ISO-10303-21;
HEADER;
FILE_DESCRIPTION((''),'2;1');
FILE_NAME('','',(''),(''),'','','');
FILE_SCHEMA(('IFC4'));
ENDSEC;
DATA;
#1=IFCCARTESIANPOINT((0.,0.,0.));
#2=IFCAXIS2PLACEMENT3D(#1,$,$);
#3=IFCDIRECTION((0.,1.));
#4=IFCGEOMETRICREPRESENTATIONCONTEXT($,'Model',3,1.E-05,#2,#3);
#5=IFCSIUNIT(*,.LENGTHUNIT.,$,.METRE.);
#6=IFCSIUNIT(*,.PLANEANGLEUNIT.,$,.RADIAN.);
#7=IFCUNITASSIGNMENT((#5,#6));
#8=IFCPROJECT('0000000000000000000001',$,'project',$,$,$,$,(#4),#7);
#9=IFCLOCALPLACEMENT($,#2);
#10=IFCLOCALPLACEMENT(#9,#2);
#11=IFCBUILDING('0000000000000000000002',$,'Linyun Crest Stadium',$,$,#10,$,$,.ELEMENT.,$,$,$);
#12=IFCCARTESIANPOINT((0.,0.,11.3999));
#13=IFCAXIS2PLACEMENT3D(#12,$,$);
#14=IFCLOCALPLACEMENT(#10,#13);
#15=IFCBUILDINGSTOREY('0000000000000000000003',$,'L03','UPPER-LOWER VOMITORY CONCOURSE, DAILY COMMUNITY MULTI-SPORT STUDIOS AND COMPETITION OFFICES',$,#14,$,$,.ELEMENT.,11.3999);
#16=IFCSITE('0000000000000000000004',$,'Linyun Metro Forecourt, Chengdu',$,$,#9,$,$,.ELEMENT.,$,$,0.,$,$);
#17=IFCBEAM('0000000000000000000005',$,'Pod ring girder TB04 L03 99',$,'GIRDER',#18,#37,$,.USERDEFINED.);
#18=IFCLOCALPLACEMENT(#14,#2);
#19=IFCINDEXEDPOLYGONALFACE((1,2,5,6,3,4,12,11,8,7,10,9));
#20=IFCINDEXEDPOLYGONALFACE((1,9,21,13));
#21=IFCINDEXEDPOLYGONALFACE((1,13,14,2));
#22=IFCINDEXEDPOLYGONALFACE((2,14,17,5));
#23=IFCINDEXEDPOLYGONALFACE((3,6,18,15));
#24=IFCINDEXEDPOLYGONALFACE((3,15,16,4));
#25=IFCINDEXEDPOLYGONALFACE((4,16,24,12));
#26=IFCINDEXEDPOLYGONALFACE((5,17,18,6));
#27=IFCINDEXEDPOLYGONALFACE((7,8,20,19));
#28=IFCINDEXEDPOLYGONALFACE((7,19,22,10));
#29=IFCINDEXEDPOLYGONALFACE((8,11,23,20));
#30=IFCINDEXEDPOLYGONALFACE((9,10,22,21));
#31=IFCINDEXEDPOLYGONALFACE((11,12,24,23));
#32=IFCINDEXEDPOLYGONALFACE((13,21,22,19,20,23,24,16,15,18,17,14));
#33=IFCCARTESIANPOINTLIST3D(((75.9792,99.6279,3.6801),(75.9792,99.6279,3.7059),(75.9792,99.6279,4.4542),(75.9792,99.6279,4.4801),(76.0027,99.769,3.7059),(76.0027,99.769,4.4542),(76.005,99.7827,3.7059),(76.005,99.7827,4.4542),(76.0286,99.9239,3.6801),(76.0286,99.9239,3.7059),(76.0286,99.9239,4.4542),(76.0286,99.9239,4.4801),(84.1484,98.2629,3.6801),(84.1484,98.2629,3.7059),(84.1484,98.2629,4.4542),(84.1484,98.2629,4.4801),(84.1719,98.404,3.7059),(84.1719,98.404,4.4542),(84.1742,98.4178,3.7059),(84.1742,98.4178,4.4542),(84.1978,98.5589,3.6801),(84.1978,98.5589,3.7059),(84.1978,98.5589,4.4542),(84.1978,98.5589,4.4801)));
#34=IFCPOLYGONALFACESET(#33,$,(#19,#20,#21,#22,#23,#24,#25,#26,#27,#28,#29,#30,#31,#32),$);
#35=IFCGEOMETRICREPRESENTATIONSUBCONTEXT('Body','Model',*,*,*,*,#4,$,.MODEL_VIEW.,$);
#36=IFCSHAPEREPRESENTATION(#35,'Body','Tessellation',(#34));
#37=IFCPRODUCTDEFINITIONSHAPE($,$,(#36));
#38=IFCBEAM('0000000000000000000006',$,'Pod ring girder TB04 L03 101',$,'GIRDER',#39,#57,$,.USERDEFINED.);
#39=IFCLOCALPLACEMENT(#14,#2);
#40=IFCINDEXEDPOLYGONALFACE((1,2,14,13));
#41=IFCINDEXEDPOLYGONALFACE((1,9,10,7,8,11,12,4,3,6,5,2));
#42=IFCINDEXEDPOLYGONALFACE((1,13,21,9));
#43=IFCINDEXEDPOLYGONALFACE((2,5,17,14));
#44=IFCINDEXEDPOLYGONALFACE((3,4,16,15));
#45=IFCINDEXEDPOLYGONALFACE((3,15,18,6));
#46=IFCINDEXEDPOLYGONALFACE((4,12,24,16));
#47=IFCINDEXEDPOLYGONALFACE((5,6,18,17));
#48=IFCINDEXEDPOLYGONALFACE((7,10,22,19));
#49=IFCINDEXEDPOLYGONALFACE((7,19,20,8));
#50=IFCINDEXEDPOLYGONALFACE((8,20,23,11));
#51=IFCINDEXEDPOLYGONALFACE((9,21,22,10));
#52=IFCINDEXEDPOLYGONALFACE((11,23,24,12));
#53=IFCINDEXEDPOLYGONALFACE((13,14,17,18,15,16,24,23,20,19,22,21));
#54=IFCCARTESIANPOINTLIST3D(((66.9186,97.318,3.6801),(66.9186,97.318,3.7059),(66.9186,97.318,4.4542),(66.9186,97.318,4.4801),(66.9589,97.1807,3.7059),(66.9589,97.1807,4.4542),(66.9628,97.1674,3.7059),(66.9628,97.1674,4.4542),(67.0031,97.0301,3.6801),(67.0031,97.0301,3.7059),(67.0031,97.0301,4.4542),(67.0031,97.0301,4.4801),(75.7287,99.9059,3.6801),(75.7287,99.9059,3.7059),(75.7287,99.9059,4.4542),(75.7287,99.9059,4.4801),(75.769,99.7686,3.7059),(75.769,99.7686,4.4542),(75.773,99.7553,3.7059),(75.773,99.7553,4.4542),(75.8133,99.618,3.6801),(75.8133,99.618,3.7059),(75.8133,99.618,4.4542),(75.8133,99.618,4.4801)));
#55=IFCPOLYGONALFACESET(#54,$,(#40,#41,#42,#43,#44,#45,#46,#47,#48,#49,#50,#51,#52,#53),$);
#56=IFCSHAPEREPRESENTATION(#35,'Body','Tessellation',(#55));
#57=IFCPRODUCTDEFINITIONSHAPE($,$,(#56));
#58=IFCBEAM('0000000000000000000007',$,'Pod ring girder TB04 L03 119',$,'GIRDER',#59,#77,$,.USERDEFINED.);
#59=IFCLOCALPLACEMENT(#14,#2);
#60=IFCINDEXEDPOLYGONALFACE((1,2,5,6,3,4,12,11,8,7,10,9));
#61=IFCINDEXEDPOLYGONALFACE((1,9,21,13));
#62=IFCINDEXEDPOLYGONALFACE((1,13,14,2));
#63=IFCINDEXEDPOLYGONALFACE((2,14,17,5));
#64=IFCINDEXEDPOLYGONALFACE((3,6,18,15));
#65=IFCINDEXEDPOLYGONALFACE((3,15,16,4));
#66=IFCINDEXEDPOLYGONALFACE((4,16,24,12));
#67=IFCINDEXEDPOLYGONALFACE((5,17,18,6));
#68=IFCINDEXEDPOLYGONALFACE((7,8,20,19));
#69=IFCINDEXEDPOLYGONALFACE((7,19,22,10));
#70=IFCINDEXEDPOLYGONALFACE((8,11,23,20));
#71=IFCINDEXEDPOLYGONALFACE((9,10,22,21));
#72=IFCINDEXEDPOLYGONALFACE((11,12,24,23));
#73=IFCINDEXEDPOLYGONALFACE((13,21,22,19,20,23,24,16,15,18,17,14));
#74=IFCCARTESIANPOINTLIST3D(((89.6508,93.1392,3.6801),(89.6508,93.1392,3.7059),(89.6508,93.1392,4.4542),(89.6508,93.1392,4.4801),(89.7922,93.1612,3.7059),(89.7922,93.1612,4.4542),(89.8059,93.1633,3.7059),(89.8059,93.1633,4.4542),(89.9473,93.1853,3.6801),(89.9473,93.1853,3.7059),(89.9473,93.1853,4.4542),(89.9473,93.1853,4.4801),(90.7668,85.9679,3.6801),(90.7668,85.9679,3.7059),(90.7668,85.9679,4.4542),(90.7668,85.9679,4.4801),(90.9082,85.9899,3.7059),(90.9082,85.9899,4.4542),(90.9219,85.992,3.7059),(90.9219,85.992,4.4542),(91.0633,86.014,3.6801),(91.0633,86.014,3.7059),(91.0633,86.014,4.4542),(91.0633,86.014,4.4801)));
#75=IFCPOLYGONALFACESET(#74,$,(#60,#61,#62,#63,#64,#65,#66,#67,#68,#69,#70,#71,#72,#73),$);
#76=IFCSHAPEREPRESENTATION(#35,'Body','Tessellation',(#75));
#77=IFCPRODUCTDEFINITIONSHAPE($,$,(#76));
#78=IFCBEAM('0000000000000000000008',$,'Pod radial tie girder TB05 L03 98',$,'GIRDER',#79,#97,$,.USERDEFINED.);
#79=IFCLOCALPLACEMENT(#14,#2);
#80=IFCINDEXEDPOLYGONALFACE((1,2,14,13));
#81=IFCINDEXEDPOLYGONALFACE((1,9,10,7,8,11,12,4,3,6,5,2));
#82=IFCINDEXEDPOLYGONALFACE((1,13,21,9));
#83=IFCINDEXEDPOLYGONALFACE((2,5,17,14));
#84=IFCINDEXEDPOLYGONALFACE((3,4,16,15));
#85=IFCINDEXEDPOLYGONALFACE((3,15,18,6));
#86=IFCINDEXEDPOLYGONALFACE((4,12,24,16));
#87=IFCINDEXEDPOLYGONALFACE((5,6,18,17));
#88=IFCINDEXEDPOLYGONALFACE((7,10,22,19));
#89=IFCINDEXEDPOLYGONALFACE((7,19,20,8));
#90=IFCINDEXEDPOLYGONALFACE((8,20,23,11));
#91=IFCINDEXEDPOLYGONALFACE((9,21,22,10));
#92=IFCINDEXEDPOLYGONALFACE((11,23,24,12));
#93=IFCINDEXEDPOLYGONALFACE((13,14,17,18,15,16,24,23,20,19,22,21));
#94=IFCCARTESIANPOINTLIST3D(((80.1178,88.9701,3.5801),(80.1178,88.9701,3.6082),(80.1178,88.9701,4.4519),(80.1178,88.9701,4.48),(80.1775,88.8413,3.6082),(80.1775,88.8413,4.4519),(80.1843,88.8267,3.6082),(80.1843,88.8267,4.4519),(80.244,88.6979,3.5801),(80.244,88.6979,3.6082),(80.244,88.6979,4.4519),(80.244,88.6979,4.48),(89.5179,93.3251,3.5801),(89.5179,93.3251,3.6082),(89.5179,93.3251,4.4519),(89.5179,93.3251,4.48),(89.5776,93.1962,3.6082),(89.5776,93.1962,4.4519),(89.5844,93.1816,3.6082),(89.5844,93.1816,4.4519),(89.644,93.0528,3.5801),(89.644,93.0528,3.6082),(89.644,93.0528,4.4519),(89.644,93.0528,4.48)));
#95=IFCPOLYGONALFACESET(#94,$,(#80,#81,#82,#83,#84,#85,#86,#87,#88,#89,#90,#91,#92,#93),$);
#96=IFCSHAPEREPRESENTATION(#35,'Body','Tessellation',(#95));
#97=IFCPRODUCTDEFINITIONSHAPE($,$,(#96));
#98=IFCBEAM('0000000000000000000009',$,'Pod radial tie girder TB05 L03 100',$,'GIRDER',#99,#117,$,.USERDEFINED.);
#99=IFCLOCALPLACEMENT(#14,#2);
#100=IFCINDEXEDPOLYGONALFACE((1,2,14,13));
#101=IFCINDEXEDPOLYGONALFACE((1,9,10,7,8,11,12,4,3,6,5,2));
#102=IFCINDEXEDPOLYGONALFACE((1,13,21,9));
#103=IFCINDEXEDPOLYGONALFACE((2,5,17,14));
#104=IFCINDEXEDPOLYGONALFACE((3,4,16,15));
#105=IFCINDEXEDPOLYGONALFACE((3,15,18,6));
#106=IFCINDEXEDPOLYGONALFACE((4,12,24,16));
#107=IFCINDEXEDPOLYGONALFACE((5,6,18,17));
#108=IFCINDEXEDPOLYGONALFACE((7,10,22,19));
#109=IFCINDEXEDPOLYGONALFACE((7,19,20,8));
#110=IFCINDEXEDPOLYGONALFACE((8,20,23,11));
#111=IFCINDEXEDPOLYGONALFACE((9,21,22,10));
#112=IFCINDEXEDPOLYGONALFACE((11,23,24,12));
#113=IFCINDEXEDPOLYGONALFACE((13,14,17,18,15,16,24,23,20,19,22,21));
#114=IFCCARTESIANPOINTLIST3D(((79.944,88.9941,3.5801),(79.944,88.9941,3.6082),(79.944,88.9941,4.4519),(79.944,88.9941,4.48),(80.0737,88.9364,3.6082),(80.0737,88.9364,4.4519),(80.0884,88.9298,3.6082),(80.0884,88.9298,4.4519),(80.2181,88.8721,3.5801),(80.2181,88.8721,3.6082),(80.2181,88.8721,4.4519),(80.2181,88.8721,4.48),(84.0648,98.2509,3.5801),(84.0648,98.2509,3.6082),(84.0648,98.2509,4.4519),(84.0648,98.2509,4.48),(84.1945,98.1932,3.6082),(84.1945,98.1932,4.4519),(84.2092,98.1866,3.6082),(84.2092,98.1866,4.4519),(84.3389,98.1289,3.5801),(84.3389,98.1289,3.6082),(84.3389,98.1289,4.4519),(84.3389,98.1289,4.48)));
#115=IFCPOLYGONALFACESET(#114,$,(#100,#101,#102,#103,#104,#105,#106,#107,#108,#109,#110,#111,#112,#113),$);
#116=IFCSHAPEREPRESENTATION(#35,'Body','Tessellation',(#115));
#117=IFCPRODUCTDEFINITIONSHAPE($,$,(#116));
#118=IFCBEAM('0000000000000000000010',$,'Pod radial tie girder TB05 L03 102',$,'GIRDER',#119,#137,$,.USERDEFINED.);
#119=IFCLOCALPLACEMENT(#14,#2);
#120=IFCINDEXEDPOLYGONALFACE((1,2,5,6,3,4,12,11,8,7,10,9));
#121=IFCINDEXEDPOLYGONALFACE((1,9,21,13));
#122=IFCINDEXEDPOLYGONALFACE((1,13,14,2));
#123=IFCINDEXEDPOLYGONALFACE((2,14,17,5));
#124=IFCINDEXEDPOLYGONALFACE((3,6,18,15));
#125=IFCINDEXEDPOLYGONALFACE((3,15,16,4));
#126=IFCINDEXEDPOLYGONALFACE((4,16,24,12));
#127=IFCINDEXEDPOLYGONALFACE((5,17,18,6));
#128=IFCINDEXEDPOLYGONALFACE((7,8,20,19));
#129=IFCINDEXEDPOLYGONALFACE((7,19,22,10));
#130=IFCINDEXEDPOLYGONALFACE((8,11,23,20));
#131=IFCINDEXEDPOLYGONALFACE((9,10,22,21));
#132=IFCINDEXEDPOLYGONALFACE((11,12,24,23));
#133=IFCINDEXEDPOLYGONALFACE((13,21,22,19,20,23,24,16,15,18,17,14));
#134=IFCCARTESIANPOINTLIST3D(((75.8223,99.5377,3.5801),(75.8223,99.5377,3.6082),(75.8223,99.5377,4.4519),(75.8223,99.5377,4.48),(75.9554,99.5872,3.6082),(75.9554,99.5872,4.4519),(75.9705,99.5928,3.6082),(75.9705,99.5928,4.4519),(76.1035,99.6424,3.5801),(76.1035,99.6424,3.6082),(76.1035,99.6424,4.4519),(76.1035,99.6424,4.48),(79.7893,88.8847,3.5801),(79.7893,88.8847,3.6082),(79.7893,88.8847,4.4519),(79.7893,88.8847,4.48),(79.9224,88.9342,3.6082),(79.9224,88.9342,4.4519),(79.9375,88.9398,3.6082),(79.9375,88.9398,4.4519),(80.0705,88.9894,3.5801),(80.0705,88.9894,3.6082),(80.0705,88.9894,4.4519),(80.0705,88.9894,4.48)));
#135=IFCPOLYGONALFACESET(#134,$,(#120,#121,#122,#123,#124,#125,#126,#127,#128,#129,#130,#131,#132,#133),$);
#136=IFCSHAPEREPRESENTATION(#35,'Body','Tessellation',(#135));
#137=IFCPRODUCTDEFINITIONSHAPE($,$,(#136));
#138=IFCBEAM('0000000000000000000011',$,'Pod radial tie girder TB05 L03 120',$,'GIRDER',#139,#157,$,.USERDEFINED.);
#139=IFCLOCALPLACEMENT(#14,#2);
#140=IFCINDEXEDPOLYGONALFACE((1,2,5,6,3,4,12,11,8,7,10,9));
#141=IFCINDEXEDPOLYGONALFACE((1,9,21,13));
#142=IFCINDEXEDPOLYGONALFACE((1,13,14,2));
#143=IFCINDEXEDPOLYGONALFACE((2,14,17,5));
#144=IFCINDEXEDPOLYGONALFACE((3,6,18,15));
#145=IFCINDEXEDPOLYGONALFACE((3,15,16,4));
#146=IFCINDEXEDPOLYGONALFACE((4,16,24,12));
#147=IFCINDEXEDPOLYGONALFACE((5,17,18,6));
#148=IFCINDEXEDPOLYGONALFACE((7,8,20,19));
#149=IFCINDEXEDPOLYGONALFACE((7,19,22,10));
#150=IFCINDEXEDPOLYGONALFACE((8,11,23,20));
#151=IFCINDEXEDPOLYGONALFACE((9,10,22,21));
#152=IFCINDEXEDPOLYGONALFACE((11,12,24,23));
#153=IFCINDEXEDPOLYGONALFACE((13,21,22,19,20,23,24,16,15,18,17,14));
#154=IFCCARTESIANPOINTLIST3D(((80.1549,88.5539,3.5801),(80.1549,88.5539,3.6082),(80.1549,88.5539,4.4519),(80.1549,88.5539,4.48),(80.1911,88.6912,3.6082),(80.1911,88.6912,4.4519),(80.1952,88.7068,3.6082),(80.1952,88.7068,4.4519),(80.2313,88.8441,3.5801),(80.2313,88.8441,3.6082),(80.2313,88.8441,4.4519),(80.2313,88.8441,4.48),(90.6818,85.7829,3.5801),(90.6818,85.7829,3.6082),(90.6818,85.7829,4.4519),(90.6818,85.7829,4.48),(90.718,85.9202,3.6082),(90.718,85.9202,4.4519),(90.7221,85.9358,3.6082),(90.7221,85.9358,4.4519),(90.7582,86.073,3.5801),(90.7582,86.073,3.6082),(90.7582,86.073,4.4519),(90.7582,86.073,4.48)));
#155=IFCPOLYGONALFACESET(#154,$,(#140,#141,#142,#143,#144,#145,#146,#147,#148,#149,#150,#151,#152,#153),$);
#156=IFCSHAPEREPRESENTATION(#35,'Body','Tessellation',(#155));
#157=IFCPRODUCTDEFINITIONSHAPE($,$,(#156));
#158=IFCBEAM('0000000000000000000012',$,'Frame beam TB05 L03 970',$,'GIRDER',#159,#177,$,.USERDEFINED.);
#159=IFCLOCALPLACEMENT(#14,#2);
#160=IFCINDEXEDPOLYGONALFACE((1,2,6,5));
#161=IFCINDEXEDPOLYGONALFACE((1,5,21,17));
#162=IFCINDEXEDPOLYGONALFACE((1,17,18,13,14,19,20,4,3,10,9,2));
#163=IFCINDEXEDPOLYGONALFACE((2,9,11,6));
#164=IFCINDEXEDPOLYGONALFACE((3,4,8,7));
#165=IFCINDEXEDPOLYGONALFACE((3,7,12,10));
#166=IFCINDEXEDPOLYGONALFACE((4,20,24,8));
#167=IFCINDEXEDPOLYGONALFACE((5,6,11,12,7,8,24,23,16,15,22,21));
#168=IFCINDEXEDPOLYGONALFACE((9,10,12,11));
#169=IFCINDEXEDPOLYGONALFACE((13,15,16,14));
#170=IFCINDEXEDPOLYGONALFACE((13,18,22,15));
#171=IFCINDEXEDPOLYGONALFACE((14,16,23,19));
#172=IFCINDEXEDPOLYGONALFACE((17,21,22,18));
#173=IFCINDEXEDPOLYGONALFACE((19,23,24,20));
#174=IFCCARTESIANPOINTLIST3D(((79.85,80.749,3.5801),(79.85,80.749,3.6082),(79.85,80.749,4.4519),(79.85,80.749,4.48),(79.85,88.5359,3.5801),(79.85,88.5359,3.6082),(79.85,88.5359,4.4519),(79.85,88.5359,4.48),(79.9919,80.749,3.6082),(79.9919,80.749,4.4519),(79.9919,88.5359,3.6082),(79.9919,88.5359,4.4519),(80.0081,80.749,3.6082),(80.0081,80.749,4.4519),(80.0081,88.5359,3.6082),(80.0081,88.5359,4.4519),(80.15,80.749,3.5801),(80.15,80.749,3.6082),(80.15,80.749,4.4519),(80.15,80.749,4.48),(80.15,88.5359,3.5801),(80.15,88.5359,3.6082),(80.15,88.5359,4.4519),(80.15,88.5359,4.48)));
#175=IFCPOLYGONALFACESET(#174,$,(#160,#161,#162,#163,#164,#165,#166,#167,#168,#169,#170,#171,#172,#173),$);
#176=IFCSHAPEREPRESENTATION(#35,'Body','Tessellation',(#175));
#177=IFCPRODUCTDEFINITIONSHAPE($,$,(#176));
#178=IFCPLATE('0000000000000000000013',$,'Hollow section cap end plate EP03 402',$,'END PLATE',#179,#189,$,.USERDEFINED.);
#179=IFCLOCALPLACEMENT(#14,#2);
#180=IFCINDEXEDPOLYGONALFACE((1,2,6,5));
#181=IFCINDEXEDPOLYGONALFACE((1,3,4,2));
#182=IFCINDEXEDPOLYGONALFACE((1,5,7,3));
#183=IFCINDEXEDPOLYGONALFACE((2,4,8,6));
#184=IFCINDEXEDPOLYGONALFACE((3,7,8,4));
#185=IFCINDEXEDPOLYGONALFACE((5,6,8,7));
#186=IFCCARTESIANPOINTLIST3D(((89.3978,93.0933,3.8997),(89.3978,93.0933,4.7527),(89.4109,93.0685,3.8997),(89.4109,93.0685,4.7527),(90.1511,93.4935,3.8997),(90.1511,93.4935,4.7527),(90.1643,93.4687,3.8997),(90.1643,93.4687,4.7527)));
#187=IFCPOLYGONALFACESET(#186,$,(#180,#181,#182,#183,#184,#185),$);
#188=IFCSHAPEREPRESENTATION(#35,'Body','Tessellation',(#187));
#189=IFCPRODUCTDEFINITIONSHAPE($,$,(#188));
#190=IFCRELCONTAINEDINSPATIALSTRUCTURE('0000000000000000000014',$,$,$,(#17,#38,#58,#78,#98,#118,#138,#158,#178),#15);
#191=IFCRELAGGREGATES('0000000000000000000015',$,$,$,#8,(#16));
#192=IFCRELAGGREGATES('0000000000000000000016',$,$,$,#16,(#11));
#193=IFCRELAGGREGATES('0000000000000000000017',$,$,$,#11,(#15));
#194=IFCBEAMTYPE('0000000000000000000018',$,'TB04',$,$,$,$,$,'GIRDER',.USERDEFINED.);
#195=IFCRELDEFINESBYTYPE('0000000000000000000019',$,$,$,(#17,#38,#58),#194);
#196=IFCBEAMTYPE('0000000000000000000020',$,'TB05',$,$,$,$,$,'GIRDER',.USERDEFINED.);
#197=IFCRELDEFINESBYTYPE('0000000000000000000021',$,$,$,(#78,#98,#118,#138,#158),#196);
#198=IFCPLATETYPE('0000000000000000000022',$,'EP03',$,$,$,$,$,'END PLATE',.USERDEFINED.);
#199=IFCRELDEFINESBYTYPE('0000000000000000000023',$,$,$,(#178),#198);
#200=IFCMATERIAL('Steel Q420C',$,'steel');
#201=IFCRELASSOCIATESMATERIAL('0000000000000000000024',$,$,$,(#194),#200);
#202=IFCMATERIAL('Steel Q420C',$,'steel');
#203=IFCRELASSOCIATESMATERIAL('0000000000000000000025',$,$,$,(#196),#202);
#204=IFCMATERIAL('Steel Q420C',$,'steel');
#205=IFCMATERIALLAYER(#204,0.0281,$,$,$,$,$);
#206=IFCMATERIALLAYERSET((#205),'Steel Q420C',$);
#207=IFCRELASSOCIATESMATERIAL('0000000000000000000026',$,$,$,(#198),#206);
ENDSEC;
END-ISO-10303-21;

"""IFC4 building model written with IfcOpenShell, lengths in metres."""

from ifc_helpers import new_model, si_unit, direction, frame, origin, origin_2d, place, context, subcontext, project, spatial, rectangle, i_section, extrude, material, layer, layer_set, material_profile, profile_set, type_object, element, save


model = new_model("IFC4")

# Units and contexts
model_context = context("Model", 3, precision=1e-05, world=origin(), true_north=direction((0.0, 1.0)))
body_context = subcontext(model_context, "Body", "Model", "MODEL_VIEW")
ifc_project = project(units=[si_unit("LENGTHUNIT", "METRE"), si_unit("PLANEANGLEUNIT", "RADIAN")], contexts=[model_context])

# Site, building, storey
site_placement = place(None, origin())
site = spatial("IfcSite", under=ifc_project, at=site_placement, Name="Linyun Metro Forecourt, Chengdu", CompositionType="ELEMENT", RefElevation=0.0)
building_placement = place(site_placement, origin())
building = spatial("IfcBuilding", under=site, at=building_placement, Name="Linyun Crest Stadium", CompositionType="ELEMENT")
storey_placement = place(building_placement, frame((0.0, 0.0, 11.3999)))
storey = spatial("IfcBuildingStorey", under=building, at=storey_placement, Name="L03", Description="UPPER-LOWER VOMITORY CONCOURSE, DAILY COMMUNITY MULTI-SPORT STUDIOS AND COMPETITION OFFICES", CompositionType="ELEMENT", Elevation=11.3999)

# Beams
ifc_material_1 = material(Name="Steel Q420C", Category="steel")
ifc_material_profile_1 = material_profile(ifc_material_1, i_section(OverallWidth=0.3, OverallDepth=0.8, WebThickness=0.0139, FlangeThickness=0.0259, at=origin_2d()), Name="HN 800x300")
ifc_profile_set_1 = profile_set([ifc_material_profile_1], Name="Steel Q420C")
beam_type_1 = type_object("IfcBeamType", Name="TB04", ElementType="GIRDER", PredefinedType="USERDEFINED", material=ifc_profile_set_1)
beam_1_placement = place(storey_placement, frame((84.1731, 98.4109, 4.0801), z_axis=(-0.986326, 0.164805, 0.0), x_axis=(-0.164805, -0.986326, 0.0)))
element("IfcBeam", 1, at=beam_1_placement, inside=storey, type_object=beam_type_1, Name="Pod ring girder TB04 L03 99", ObjectType="GIRDER", PredefinedType="USERDEFINED", context=body_context, shape_type="SweptSolid", body=[
    extrude(i_section(OverallWidth=0.3, OverallDepth=0.8, WebThickness=0.0139, FlangeThickness=0.0259, at=origin_2d()), origin(), (0.0, 0.0, 1.0), 8.2825),
])
beam_2_placement = place(storey_placement, frame((75.771, 99.762, 4.0801), z_axis=(-0.959463, -0.281835, 0.0), x_axis=(0.281835, -0.959463, 0.0)))
element("IfcBeam", 2, at=beam_2_placement, inside=storey, type_object=beam_type_1, Name="Pod ring girder TB04 L03 101", ObjectType="GIRDER", PredefinedType="USERDEFINED", context=body_context, shape_type="SweptSolid", body=[
    extrude(i_section(OverallWidth=0.3, OverallDepth=0.8, WebThickness=0.0139, FlangeThickness=0.0259, at=origin_2d()), origin(), (0.0, 0.0, 1.0), 9.1824),
])
beam_3_placement = place(storey_placement, frame((90.915, 85.991, 4.0801), z_axis=(-0.153768, 0.988107, 0.0), x_axis=(-0.988107, -0.153768, 0.0)))
element("IfcBeam", 3, at=beam_3_placement, inside=storey, type_object=beam_type_1, Name="Pod ring girder TB04 L03 119", ObjectType="GIRDER", PredefinedType="USERDEFINED", context=body_context, shape_type="SweptSolid", body=[
    extrude(i_section(OverallWidth=0.3, OverallDepth=0.8, WebThickness=0.0139, FlangeThickness=0.0259, at=origin_2d()), origin(), (0.0, 0.0, 1.0), 7.2576),
])
ifc_material_2 = material(Name="Steel Q420C", Category="steel")
ifc_material_profile_2 = material_profile(ifc_material_2, i_section(OverallWidth=0.3, OverallDepth=0.8999, WebThickness=0.0161, FlangeThickness=0.0281, at=origin_2d()), Name="HN 900x300")
ifc_profile_set_2 = profile_set([ifc_material_profile_2], Name="Steel Q420C")
beam_type_2 = type_object("IfcBeamType", Name="TB05", ElementType="GIRDER", PredefinedType="USERDEFINED", material=ifc_profile_set_2)
beam_4_placement = place(storey_placement, frame((80.1809, 88.834, 4.03), z_axis=(0.907354, 0.420367, 0.0), x_axis=(-0.420367, 0.907354, 0.0)))
element("IfcBeam", 4, at=beam_4_placement, inside=storey, type_object=beam_type_2, Name="Pod radial tie girder TB05 L03 98", ObjectType="GIRDER", PredefinedType="USERDEFINED", context=body_context, shape_type="SweptSolid", body=[
    extrude(i_section(OverallWidth=0.3, OverallDepth=0.8999, WebThickness=0.0161, FlangeThickness=0.0281, at=origin_2d()), origin(), (0.0, 0.0, 1.0), 10.3599),
])
beam_5_placement = place(storey_placement, frame((80.0811, 88.9331, 4.03), z_axis=(0.406691, 0.913566, 0.0), x_axis=(-0.913566, 0.406691, 0.0)))
element("IfcBeam", 5, at=beam_5_placement, inside=storey, type_object=beam_type_2, Name="Pod radial tie girder TB05 L03 100", ObjectType="GIRDER", PredefinedType="USERDEFINED", context=body_context, shape_type="SweptSolid", body=[
    extrude(i_section(OverallWidth=0.3, OverallDepth=0.8999, WebThickness=0.0161, FlangeThickness=0.0281, at=origin_2d()), origin(), (0.0, 0.0, 1.0), 10.1326),
])
beam_6_placement = place(storey_placement, frame((79.9299, 88.937, 4.03), z_axis=(-0.348974, 0.937133, 0.0), x_axis=(-0.937133, -0.348974, 0.0)))
element("IfcBeam", 6, at=beam_6_placement, inside=storey, type_object=beam_type_2, Name="Pod radial tie girder TB05 L03 102", ObjectType="GIRDER", PredefinedType="USERDEFINED", context=body_context, shape_type="SweptSolid", body=[
    extrude(i_section(OverallWidth=0.3, OverallDepth=0.8999, WebThickness=0.0161, FlangeThickness=0.0281, at=origin_2d()), origin(), (0.0, 0.0, 1.0), 11.3677),
])
beam_7_placement = place(storey_placement, frame((80.1931, 88.699, 4.03), z_axis=(0.967057, -0.25456, 0.0), x_axis=(0.25456, 0.967057, 0.0)))
element("IfcBeam", 7, at=beam_7_placement, inside=storey, type_object=beam_type_2, Name="Pod radial tie girder TB05 L03 120", ObjectType="GIRDER", PredefinedType="USERDEFINED", context=body_context, shape_type="SweptSolid", body=[
    extrude(i_section(OverallWidth=0.3, OverallDepth=0.8999, WebThickness=0.0161, FlangeThickness=0.0281, at=origin_2d()), origin(), (0.0, 0.0, 1.0), 10.8855),
])
beam_8_placement = place(storey_placement, frame((80.0, 80.749, 4.03), z_axis=(0.0, 1.0, 0.0), x_axis=(-1.0, 0.0, 0.0)))
element("IfcBeam", 8, at=beam_8_placement, inside=storey, type_object=beam_type_2, Name="Frame beam TB05 L03 970", ObjectType="GIRDER", PredefinedType="USERDEFINED", context=body_context, shape_type="SweptSolid", body=[
    extrude(i_section(OverallWidth=0.3, OverallDepth=0.8999, WebThickness=0.0161, FlangeThickness=0.0281, at=origin_2d()), origin(), (0.0, 0.0, 1.0), 7.7869),
])

# Plate
ifc_material_3 = material(Name="Steel Q420C", Category="steel")
ifc_layer_1 = layer(ifc_material_3, 0.0281)
ifc_layer_set_1 = layer_set([ifc_layer_1], Name="Steel Q420C")
plate_type = type_object("IfcPlateType", Name="EP03", ElementType="END PLATE", PredefinedType="USERDEFINED", material=ifc_layer_set_1)
plate_1_placement = place(storey_placement, frame((89.781, 93.281, 3.8997), z_axis=(0.0, 0.0, 1.0), x_axis=(0.883111, 0.469163, 0.0)))
element("IfcPlate", 9, at=plate_1_placement, inside=storey, type_object=plate_type, Name="Hollow section cap end plate EP03 402", ObjectType="END PLATE", PredefinedType="USERDEFINED", context=body_context, shape_type="SweptSolid", body=[
    extrude(rectangle(XDim=0.853, YDim=0.0281, at=origin_2d()), origin(), (0.0, 0.0, 1.0), 0.853),
])

save(model, "model.ifc")
